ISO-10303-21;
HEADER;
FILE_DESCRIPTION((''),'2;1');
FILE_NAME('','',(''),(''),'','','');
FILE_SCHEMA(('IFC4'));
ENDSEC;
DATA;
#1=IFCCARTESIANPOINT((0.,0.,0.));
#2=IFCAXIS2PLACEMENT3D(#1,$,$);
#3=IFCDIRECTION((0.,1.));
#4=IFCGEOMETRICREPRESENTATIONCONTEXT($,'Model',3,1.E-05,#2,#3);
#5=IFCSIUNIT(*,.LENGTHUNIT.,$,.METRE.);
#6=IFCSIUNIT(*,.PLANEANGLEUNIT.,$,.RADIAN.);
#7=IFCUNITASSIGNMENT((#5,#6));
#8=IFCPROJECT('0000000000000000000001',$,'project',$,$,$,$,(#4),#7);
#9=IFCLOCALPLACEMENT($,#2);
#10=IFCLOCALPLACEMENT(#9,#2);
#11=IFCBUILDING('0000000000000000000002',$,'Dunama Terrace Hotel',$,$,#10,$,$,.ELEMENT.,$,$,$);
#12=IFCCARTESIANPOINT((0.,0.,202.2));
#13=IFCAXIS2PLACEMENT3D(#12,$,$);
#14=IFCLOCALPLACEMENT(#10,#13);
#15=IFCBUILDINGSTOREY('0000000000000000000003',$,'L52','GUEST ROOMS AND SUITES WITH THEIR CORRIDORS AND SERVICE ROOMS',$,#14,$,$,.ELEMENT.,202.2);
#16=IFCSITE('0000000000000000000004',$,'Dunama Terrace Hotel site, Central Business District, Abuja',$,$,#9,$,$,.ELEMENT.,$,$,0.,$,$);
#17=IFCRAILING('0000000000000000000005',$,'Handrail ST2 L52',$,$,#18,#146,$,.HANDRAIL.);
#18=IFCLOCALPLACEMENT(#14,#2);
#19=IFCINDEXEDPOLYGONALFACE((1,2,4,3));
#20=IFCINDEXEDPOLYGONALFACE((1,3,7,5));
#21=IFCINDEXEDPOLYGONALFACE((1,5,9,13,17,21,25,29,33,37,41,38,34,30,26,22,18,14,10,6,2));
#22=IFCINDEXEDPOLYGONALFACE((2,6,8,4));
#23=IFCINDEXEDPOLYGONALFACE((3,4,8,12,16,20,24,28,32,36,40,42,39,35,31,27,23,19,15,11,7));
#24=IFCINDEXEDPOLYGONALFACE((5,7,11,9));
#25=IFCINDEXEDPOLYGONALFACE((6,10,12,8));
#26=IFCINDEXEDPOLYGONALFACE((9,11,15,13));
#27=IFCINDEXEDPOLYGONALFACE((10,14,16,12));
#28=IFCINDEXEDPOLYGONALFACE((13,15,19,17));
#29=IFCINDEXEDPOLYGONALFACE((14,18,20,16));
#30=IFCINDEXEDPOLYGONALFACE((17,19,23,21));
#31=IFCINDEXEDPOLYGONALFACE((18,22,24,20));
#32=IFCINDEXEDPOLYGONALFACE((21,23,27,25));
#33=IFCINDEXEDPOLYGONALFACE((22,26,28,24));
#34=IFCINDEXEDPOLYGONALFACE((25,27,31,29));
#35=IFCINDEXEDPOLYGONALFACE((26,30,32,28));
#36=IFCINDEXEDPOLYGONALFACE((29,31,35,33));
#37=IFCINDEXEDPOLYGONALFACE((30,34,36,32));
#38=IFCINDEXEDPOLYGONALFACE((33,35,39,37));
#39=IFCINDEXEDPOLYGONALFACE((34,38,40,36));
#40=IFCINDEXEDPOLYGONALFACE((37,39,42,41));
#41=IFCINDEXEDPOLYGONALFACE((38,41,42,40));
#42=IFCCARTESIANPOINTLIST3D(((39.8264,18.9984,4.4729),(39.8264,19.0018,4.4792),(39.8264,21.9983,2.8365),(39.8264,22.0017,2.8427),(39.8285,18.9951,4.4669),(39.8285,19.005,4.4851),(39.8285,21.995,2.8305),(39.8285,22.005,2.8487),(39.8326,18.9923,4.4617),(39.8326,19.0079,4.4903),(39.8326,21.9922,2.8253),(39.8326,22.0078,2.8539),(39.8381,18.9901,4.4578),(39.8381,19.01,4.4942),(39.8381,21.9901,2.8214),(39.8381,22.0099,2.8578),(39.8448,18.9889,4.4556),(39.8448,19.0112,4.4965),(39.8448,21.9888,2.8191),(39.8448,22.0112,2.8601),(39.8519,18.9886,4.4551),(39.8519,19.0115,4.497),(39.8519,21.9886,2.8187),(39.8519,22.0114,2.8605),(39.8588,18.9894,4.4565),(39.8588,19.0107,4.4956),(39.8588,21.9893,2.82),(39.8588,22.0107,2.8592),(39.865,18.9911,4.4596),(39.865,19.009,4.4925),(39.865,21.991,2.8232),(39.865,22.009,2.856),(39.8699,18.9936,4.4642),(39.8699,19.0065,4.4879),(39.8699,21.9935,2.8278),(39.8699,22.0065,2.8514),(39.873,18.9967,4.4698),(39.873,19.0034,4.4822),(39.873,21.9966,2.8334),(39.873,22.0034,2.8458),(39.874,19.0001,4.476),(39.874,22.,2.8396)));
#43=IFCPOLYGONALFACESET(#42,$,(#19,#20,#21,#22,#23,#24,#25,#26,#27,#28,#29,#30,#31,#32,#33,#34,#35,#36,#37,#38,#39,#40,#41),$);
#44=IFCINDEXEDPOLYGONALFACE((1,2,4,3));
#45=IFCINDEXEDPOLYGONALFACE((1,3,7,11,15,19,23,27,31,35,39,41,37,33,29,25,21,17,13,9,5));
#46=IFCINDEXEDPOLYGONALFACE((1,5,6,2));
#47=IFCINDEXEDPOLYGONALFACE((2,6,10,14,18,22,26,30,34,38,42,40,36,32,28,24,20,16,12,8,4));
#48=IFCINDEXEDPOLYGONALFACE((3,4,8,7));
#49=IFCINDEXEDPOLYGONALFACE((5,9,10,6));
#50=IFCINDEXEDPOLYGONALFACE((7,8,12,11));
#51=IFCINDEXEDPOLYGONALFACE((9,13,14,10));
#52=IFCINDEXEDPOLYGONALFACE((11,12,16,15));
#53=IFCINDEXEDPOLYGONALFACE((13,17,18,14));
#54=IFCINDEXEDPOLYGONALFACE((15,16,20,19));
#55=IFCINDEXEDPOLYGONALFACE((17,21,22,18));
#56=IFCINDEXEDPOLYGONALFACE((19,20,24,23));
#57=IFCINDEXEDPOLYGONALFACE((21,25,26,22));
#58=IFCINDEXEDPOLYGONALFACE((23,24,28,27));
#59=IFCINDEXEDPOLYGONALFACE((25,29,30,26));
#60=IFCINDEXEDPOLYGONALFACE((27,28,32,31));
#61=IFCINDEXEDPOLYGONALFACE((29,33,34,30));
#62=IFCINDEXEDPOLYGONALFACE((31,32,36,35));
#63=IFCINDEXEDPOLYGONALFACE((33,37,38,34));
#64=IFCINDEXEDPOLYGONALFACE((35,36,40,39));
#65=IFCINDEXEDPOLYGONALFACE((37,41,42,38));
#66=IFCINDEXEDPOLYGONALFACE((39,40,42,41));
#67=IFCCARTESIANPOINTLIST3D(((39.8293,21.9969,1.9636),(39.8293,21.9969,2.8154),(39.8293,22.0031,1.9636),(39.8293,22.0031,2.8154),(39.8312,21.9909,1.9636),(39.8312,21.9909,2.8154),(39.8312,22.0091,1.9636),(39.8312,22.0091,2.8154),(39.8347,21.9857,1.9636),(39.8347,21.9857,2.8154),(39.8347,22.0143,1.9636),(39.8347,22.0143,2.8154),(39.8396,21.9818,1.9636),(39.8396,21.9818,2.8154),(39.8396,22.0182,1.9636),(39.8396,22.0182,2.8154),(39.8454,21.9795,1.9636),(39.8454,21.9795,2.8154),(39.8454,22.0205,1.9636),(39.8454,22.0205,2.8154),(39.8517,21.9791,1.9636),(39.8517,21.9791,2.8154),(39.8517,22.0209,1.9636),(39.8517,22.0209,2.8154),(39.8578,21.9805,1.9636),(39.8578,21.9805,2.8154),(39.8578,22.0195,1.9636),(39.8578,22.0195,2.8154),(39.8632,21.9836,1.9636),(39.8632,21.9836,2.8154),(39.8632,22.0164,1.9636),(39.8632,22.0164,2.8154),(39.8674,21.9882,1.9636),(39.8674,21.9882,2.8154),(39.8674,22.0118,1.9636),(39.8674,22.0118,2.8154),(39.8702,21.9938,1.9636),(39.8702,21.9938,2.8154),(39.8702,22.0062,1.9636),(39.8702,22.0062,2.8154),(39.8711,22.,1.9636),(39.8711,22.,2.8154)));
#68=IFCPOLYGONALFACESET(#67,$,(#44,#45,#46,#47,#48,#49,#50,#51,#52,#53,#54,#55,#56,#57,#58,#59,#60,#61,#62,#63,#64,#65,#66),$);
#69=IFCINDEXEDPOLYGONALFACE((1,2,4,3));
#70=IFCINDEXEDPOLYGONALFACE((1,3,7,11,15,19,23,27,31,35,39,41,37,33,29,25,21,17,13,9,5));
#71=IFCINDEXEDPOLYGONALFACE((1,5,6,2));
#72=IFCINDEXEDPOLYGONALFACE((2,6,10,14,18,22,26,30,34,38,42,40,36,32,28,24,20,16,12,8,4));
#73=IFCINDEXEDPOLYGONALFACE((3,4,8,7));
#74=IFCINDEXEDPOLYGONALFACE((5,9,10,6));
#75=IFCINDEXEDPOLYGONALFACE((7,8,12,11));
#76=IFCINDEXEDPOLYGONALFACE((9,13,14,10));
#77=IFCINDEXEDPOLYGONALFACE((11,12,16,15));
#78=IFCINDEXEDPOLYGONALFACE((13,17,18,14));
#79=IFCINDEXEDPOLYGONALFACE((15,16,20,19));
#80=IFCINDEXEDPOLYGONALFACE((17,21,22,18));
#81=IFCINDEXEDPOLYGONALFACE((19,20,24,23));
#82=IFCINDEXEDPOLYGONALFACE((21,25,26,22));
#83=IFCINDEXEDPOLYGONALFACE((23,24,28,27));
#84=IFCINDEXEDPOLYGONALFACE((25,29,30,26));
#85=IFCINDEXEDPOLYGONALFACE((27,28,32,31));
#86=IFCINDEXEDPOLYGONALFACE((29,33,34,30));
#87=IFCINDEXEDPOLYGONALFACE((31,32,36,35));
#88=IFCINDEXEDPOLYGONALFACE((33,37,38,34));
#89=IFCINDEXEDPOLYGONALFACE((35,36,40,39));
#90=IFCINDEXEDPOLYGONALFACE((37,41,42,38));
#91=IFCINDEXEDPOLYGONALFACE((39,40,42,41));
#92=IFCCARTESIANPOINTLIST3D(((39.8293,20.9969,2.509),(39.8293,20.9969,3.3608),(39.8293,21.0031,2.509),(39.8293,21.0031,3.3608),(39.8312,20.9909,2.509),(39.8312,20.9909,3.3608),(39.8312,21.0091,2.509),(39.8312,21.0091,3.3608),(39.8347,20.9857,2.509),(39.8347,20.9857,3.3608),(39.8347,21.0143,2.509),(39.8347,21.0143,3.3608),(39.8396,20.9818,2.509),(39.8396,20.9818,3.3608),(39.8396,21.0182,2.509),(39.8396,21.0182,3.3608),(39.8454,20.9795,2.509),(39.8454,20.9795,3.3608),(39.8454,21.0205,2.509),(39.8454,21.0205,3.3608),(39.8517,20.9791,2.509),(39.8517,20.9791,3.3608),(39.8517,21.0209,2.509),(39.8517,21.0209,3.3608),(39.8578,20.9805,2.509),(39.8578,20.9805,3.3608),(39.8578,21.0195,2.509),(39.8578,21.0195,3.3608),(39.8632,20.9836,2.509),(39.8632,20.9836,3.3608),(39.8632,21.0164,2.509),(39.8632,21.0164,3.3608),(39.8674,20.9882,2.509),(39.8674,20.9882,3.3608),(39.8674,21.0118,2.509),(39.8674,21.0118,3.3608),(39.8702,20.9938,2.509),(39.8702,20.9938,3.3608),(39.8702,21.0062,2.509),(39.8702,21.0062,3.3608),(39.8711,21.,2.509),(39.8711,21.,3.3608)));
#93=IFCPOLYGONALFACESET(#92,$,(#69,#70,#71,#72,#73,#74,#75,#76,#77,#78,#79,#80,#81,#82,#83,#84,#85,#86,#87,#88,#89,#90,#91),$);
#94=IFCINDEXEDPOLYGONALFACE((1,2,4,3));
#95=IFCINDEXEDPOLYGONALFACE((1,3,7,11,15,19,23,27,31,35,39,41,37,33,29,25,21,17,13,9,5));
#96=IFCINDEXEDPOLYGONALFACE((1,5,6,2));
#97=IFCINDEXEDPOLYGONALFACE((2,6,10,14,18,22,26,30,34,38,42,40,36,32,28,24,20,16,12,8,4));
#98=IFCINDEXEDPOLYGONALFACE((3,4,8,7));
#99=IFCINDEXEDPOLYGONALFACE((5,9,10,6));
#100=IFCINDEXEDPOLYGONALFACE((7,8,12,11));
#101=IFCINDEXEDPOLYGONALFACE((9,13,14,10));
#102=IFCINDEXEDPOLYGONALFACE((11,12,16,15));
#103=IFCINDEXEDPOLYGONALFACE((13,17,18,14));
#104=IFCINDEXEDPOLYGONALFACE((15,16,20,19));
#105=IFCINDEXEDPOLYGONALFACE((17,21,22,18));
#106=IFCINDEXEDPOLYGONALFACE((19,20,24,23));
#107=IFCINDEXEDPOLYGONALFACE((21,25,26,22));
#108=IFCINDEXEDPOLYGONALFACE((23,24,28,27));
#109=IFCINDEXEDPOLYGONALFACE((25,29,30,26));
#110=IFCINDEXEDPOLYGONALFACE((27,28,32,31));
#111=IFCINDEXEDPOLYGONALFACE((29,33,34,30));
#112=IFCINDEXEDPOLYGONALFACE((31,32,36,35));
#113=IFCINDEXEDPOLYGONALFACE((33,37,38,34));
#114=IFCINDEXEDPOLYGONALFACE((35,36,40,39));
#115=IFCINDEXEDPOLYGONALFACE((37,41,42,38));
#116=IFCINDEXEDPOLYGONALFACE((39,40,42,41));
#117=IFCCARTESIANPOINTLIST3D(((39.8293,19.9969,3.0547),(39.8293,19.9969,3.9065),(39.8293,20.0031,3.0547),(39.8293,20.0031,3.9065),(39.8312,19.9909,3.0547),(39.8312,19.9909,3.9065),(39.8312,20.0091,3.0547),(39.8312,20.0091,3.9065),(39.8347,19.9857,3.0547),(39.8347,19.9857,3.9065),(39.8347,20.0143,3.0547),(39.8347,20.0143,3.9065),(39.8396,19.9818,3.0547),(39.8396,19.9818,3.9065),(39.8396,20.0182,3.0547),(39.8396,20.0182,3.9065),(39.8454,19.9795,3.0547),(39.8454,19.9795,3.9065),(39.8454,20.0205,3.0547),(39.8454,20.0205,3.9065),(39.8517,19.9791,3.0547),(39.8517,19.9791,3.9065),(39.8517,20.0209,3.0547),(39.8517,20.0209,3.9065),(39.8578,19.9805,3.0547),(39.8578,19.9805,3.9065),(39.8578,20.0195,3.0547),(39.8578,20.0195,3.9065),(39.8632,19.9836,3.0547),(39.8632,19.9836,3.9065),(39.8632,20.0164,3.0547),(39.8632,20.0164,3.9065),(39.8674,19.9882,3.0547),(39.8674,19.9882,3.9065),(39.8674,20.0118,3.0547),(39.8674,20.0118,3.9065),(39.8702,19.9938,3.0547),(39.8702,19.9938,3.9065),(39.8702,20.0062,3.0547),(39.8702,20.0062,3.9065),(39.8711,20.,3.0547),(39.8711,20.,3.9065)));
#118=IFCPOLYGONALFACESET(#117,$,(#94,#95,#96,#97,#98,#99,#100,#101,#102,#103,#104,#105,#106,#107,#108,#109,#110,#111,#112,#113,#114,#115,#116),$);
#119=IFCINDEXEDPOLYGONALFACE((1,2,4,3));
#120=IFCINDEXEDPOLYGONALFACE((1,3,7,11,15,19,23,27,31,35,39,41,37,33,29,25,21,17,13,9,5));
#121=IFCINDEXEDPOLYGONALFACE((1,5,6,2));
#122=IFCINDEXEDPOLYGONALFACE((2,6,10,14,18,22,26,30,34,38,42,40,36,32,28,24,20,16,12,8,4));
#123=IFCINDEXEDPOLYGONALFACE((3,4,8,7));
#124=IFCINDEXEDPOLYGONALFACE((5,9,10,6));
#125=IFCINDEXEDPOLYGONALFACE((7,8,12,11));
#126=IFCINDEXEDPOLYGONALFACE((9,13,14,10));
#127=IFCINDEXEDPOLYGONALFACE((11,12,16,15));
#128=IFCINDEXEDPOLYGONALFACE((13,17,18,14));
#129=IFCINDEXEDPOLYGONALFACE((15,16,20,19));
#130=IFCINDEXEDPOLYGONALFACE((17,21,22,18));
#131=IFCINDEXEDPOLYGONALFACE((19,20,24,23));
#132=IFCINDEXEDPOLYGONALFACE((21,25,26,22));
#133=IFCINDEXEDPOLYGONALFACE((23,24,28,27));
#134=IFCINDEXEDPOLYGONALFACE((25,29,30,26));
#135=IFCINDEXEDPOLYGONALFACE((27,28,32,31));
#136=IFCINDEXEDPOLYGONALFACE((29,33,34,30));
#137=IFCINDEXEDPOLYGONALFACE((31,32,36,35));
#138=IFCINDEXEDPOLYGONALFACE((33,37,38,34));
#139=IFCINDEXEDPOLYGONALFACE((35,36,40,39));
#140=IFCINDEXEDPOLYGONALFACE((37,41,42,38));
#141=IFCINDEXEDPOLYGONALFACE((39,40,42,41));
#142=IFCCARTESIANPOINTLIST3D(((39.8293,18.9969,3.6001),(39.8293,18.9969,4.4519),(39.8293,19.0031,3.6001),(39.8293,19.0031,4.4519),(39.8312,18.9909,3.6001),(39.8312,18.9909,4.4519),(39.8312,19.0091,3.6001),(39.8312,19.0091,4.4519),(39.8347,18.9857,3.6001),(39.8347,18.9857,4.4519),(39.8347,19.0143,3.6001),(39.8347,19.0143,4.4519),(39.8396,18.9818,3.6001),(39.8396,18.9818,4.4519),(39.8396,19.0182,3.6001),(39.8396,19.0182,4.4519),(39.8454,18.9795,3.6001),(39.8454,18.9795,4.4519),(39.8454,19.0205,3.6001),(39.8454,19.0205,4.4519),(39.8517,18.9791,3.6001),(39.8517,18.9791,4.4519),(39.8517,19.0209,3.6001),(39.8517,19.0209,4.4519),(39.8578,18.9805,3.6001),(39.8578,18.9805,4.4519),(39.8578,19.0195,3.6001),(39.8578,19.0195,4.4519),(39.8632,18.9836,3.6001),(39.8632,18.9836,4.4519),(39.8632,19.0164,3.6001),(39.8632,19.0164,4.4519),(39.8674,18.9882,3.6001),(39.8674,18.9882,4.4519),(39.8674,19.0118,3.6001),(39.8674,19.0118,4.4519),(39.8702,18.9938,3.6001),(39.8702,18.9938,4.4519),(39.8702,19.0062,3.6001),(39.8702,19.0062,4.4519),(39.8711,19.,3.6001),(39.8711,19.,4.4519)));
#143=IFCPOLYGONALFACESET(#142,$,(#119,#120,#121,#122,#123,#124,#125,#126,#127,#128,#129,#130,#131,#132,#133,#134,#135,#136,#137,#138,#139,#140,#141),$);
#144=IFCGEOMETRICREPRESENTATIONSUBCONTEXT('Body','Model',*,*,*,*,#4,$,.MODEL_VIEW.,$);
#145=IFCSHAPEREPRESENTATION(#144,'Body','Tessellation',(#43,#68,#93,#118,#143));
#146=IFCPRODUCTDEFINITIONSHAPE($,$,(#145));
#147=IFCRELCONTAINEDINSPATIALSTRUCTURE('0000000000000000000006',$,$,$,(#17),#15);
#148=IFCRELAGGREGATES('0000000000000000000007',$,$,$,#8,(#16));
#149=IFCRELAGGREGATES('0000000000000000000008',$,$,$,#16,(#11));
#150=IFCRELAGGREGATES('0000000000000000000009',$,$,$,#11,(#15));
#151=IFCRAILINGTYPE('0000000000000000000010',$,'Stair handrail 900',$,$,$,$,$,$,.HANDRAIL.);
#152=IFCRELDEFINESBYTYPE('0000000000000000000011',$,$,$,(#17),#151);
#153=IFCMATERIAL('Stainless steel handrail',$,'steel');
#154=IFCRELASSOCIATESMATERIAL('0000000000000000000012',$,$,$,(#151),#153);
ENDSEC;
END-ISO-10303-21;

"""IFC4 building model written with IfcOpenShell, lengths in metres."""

from ifc_helpers import new_model, si_unit, direction, frame, origin, origin_2d, place, context, subcontext, project, spatial, circle, extrude, material, type_object, element, save


model = new_model("IFC4")

# Units and contexts
model_context = context("Model", 3, precision=1e-05, world=origin(), true_north=direction((0.0, 1.0)))
body_context = subcontext(model_context, "Body", "Model", "MODEL_VIEW")
ifc_project = project(units=[si_unit("LENGTHUNIT", "METRE"), si_unit("PLANEANGLEUNIT", "RADIAN")], contexts=[model_context])

# Site, building, storey
site_placement = place(None, origin())
site = spatial("IfcSite", under=ifc_project, at=site_placement, Name="Dunama Terrace Hotel site, Central Business District, Abuja", CompositionType="ELEMENT", RefElevation=0.0)
building_placement = place(site_placement, origin())
building = spatial("IfcBuilding", under=site, at=building_placement, Name="Dunama Terrace Hotel", CompositionType="ELEMENT")
storey_placement = place(building_placement, frame((0.0, 0.0, 202.2)))
storey = spatial("IfcBuildingStorey", under=building, at=storey_placement, Name="L52", Description="GUEST ROOMS AND SUITES WITH THEIR CORRIDORS AND SERVICE ROOMS", CompositionType="ELEMENT", Elevation=202.2)

# Railing
ifc_material_1 = material(Name="Stainless steel handrail", Category="steel")
railing_type_1 = type_object("IfcRailingType", Name="Stair handrail 900", PredefinedType="HANDRAIL", material=ifc_material_1)
railing_1_placement = place(storey_placement, frame((39.8501, 22.0, 1.9636)))
element("IfcRailing", 1, at=railing_1_placement, inside=storey, type_object=railing_type_1, Name="Handrail ST2 L52", PredefinedType="HANDRAIL", context=body_context, shape_type="SweptSolid", body=[
    extrude(circle(Radius=0.0239, at=origin_2d()), frame((0.0, 0.0, 0.876), z_axis=(0.0, -0.877882, 0.478877), x_axis=(1.0, 0.0, 0.0)), (0.0, 0.0, 1.0), 3.4172),
    extrude(circle(Radius=0.021, at=origin_2d()), origin(), (0.0, 0.0, 1.0), 0.8518),
    extrude(circle(Radius=0.021, at=origin_2d()), frame((0.0, -1.0, 0.5454)), (0.0, 0.0, 1.0), 0.8518),
    extrude(circle(Radius=0.021, at=origin_2d()), frame((0.0, -2.0, 1.0911)), (0.0, 0.0, 1.0), 0.8518),
    extrude(circle(Radius=0.021, at=origin_2d()), frame((0.0, -3.0, 1.6365)), (0.0, 0.0, 1.0), 0.8518),
])

save(model, "model.ifc")
